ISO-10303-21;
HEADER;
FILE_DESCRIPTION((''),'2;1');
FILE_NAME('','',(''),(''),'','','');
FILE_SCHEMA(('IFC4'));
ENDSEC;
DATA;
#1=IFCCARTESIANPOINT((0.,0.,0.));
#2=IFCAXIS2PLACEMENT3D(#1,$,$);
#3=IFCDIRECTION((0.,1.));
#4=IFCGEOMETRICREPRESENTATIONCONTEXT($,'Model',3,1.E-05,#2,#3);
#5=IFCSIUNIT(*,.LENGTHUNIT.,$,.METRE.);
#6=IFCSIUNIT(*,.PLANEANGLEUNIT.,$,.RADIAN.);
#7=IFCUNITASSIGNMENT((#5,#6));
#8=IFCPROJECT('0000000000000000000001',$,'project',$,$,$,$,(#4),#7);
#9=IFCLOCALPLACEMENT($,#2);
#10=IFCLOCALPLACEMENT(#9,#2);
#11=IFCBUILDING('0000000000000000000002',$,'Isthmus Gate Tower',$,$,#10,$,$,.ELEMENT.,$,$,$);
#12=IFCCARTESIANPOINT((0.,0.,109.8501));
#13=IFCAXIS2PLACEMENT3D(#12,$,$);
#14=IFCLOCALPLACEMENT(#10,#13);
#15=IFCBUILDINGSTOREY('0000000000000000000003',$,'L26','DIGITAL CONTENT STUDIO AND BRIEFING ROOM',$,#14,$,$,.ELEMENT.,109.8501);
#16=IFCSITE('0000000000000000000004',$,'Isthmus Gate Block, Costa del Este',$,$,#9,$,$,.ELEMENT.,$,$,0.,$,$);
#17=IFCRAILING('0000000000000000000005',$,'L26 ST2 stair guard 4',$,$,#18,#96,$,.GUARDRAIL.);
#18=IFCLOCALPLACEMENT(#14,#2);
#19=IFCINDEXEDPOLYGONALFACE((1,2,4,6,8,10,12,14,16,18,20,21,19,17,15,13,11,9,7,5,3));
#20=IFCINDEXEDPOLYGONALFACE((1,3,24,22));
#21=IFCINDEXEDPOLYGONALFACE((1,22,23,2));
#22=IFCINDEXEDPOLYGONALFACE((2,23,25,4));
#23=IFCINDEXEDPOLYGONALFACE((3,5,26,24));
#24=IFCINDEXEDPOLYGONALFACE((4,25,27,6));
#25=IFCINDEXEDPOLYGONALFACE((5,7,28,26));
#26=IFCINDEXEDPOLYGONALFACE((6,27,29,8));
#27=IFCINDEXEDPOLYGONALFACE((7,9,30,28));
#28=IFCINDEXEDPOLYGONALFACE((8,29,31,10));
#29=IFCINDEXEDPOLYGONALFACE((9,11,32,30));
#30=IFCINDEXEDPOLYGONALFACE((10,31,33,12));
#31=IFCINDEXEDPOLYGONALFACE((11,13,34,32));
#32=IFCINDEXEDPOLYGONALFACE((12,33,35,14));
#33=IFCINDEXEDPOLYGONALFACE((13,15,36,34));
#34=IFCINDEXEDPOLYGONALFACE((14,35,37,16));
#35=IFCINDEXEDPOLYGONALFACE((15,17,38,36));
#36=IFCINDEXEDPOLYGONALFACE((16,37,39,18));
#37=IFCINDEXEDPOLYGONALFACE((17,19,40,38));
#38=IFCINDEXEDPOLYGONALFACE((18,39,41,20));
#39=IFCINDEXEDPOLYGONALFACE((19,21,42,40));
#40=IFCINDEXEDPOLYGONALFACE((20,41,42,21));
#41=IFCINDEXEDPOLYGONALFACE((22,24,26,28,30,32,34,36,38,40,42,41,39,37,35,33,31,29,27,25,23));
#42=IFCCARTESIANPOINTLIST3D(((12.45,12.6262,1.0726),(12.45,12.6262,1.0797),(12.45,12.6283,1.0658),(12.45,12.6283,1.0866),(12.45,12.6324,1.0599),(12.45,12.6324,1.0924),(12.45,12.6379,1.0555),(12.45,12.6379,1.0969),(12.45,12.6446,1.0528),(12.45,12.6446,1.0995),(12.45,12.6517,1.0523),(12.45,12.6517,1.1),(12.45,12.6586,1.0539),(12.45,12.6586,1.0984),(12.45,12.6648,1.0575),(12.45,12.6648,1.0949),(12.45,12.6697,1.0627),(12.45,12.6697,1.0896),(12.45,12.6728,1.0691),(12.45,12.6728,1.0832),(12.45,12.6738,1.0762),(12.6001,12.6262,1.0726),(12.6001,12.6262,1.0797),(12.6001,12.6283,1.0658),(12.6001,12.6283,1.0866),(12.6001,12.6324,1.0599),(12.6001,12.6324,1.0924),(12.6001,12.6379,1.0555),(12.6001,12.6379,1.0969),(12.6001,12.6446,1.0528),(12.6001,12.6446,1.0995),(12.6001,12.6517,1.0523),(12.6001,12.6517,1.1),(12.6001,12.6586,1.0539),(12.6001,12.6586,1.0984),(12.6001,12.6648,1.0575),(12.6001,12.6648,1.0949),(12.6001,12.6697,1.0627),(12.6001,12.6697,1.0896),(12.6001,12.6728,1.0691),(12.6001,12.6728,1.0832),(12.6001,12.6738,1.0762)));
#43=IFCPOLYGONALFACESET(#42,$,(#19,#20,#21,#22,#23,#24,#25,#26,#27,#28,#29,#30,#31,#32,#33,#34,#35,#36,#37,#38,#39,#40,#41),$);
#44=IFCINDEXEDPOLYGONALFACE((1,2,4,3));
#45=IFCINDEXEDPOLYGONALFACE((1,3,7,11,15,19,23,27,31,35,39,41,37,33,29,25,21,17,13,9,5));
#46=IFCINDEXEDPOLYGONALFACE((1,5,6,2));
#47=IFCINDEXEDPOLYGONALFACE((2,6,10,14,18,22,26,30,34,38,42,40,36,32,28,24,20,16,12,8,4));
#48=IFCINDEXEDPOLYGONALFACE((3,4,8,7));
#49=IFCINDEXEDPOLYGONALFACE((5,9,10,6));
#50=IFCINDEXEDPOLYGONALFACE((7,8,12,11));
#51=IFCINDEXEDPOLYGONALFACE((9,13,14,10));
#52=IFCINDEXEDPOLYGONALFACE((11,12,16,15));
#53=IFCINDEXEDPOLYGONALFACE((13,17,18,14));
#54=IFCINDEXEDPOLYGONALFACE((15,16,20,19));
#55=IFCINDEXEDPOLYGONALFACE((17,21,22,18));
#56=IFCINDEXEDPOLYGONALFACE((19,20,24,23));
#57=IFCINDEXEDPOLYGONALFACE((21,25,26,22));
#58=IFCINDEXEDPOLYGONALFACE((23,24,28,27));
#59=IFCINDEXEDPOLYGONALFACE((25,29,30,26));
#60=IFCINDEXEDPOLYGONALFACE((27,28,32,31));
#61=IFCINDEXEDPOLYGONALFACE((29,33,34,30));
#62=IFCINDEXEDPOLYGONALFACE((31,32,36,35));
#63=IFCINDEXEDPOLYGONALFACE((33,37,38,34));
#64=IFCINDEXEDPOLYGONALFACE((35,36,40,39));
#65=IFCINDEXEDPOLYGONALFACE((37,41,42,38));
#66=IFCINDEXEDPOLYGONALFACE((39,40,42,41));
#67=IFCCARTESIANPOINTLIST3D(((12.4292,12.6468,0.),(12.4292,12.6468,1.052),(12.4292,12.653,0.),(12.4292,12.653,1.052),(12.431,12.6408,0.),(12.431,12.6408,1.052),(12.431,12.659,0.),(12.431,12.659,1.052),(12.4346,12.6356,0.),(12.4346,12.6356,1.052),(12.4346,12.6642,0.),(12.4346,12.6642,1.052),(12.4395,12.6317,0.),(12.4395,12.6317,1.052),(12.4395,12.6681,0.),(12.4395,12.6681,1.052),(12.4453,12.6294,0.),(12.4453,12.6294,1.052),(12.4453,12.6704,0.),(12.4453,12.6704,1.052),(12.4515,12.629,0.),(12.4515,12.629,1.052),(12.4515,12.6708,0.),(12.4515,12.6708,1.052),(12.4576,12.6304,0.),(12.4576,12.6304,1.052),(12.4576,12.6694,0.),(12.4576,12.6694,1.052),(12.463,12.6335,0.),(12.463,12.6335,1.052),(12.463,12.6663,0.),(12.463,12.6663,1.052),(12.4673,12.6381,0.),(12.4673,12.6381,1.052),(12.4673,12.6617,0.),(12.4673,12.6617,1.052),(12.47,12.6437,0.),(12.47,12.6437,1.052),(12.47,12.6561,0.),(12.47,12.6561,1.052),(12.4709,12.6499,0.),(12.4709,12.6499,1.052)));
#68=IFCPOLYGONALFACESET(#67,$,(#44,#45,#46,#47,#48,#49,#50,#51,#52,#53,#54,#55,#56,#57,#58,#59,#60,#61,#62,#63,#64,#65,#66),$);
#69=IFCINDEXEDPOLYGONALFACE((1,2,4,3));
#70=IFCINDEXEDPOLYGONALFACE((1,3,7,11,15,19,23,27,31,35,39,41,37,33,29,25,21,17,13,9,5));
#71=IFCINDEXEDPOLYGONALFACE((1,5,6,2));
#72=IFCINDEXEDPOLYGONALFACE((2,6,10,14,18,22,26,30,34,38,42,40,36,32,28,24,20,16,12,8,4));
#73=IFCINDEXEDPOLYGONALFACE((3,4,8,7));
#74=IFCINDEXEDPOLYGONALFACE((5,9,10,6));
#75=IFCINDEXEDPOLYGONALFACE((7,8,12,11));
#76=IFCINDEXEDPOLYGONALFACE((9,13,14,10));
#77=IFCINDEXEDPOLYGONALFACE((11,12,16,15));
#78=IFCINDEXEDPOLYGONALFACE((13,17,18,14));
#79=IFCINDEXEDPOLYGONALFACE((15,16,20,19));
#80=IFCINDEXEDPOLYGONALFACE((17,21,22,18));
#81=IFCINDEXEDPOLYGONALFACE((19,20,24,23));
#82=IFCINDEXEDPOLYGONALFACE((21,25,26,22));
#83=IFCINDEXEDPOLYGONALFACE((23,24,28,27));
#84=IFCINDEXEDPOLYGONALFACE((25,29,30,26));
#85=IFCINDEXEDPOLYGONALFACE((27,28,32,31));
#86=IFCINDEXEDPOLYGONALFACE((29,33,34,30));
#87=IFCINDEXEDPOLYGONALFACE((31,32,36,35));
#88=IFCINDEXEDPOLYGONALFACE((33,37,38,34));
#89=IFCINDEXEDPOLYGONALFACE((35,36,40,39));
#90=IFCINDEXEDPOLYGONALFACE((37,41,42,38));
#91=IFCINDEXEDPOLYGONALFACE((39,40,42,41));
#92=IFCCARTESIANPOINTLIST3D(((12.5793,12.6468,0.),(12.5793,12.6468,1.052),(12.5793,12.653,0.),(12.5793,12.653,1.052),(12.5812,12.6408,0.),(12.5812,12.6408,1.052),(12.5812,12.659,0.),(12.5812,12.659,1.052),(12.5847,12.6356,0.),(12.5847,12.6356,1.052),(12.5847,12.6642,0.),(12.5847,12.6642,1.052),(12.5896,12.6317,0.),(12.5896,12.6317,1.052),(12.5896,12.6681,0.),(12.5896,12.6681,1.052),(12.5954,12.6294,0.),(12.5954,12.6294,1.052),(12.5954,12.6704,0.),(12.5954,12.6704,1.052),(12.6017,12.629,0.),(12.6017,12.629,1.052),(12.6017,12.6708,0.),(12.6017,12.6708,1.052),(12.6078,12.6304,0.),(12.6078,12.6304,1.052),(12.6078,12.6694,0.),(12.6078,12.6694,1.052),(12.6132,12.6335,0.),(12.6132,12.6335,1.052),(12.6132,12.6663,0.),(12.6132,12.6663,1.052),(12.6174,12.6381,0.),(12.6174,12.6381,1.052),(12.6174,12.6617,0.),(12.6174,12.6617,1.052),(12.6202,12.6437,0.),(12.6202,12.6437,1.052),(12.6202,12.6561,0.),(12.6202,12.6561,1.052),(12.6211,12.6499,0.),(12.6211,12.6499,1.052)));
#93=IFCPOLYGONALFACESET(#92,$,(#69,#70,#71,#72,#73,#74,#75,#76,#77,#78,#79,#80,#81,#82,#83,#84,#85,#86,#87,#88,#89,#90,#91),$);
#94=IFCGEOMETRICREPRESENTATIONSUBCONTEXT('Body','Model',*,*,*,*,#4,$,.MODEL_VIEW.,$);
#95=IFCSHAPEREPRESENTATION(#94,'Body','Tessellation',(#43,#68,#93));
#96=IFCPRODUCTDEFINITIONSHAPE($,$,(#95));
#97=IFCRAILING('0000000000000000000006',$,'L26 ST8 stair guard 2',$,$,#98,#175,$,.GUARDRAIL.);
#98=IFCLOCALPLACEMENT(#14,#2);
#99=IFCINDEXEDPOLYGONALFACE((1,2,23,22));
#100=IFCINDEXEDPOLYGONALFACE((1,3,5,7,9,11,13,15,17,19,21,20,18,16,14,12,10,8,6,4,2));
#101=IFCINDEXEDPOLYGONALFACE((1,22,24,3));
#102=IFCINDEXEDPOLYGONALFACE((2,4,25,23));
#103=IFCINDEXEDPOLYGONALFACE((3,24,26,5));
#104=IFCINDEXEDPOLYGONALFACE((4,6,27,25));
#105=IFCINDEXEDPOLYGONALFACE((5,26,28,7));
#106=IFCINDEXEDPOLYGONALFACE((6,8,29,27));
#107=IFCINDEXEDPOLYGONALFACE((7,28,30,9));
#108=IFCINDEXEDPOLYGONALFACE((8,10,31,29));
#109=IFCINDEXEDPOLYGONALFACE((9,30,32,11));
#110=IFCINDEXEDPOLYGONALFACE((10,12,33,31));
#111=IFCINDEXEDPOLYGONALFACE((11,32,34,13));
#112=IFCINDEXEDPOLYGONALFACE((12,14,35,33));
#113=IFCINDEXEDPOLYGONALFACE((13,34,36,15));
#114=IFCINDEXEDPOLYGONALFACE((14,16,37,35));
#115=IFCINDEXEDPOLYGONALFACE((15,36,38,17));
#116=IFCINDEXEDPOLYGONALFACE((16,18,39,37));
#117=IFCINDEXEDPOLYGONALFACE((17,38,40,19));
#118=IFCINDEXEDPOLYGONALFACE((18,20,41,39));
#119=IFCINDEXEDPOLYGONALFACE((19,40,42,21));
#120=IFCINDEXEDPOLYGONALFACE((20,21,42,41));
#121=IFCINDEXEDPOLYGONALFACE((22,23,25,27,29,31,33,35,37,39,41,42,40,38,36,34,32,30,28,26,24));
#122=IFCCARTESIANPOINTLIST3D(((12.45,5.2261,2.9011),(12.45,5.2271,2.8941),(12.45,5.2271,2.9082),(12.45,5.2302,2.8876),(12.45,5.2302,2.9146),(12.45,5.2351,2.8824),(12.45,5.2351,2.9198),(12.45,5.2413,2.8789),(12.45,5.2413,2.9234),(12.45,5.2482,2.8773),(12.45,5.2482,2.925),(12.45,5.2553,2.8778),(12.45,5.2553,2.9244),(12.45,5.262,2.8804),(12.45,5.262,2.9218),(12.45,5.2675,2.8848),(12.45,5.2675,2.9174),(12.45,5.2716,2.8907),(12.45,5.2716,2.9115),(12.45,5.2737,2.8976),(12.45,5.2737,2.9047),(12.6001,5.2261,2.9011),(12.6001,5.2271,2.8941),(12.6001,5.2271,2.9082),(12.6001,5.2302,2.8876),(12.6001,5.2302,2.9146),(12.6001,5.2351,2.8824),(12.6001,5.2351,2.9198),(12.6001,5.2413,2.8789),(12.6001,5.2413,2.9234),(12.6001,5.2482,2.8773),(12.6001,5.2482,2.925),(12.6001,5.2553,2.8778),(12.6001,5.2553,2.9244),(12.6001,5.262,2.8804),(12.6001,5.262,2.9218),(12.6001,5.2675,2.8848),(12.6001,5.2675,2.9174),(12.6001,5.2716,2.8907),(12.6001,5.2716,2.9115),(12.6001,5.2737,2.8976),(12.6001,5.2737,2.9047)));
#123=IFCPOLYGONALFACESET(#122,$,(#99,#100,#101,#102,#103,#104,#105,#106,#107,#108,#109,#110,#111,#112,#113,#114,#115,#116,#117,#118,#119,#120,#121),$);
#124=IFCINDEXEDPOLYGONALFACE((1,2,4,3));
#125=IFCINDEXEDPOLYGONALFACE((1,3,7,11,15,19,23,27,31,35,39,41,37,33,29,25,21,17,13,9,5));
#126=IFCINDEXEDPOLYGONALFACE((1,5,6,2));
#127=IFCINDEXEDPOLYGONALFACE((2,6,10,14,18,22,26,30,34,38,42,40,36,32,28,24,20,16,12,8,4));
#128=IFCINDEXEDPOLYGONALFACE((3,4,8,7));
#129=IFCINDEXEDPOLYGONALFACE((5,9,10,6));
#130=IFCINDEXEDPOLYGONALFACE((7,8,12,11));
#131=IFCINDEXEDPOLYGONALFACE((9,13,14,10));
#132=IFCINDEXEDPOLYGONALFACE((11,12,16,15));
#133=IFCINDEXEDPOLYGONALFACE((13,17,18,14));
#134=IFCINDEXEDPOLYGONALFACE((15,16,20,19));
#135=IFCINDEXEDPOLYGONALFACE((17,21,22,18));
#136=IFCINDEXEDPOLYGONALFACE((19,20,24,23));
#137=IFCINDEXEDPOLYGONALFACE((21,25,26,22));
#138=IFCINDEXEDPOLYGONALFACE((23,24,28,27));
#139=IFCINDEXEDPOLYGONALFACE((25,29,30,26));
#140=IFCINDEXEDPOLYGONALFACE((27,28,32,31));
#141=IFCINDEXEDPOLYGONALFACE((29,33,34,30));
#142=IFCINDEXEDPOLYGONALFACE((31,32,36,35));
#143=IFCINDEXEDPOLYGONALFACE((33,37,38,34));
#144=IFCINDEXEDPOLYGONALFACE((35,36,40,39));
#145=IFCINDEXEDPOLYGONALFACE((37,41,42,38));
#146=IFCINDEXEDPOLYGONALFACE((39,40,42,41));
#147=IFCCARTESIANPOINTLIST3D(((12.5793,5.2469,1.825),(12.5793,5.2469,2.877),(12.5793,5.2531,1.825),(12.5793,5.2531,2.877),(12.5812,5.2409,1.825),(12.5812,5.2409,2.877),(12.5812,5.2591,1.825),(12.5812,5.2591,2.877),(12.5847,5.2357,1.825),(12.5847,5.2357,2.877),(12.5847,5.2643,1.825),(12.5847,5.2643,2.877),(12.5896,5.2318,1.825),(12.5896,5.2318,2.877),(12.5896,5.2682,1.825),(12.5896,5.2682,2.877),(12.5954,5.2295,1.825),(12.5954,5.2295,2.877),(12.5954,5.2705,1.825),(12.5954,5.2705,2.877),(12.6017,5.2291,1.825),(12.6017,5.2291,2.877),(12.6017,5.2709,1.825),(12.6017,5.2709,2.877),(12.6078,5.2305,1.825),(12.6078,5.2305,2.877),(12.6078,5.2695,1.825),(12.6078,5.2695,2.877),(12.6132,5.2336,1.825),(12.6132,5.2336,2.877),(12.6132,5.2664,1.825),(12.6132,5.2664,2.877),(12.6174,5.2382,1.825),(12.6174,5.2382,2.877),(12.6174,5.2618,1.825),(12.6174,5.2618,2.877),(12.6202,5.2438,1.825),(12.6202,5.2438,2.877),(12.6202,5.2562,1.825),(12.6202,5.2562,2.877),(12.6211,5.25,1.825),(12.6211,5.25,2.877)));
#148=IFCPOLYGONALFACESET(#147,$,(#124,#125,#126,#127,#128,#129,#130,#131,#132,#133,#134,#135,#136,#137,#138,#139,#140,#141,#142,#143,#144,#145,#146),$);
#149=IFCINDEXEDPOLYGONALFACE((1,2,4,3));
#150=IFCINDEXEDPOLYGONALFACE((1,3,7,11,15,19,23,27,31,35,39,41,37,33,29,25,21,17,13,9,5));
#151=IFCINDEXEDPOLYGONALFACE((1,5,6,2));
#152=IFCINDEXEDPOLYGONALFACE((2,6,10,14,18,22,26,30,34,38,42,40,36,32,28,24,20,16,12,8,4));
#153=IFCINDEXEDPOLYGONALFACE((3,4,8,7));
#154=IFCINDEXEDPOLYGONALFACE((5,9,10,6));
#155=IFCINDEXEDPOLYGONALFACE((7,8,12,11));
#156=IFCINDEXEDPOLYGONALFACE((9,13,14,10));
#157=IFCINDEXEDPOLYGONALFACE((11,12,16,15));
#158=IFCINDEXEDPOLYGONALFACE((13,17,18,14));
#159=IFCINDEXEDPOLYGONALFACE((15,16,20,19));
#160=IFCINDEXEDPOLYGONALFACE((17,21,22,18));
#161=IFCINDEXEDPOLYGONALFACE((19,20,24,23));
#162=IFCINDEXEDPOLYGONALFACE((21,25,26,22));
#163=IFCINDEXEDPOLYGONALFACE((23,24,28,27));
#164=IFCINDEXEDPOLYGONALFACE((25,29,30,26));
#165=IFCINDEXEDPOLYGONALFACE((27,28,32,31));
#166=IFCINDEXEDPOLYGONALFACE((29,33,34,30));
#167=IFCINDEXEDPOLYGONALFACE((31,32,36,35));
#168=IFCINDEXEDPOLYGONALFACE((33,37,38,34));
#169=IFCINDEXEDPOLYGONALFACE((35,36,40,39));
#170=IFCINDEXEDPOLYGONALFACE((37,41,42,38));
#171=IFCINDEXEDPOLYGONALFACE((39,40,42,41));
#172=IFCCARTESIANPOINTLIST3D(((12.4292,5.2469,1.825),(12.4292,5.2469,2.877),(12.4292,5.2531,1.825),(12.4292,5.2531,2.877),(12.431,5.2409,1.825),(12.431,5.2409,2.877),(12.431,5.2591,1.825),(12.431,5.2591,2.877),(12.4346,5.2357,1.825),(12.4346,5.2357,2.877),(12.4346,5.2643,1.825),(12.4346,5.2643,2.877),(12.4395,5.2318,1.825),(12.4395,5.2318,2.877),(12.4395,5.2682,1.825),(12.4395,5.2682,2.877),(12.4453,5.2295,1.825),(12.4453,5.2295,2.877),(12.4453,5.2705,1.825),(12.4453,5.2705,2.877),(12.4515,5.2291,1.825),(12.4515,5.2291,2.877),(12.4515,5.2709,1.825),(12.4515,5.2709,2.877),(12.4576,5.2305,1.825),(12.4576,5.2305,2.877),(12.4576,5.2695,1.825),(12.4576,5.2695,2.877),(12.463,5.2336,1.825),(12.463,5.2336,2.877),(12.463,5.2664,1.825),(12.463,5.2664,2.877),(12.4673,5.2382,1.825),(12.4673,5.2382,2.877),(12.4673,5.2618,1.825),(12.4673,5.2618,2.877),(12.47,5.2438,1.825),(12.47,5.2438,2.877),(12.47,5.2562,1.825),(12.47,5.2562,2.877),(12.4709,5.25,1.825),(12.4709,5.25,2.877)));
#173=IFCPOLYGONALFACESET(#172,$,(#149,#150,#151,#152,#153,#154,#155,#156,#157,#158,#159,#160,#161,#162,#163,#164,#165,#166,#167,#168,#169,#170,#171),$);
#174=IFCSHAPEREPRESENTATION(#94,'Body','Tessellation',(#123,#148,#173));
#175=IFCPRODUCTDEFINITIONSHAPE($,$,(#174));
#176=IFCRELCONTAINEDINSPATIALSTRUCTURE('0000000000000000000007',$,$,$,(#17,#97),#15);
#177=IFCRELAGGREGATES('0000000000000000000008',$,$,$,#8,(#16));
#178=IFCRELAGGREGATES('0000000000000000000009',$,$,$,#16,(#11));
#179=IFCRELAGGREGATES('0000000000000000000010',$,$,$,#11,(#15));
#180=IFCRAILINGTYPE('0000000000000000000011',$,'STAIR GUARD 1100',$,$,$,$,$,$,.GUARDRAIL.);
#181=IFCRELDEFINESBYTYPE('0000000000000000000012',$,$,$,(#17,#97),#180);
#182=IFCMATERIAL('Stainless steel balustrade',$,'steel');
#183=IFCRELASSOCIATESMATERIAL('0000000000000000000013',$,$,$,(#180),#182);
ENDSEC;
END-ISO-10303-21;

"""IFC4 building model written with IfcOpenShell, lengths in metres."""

from ifc_helpers import new_model, si_unit, direction, frame, origin, origin_2d, place, context, subcontext, project, spatial, circle, extrude, material, type_object, element, save


model = new_model("IFC4")

# Units and contexts
model_context = context("Model", 3, precision=1e-05, world=origin(), true_north=direction((0.0, 1.0)))
body_context = subcontext(model_context, "Body", "Model", "MODEL_VIEW")
ifc_project = project(units=[si_unit("LENGTHUNIT", "METRE"), si_unit("PLANEANGLEUNIT", "RADIAN")], contexts=[model_context])

# Site, building, storey
site_placement = place(None, origin())
site = spatial("IfcSite", under=ifc_project, at=site_placement, Name="Isthmus Gate Block, Costa del Este", CompositionType="ELEMENT", RefElevation=0.0)
building_placement = place(site_placement, origin())
building = spatial("IfcBuilding", under=site, at=building_placement, Name="Isthmus Gate Tower", CompositionType="ELEMENT")
storey_placement = place(building_placement, frame((0.0, 0.0, 109.8501)))
storey = spatial("IfcBuildingStorey", under=building, at=storey_placement, Name="L26", Description="DIGITAL CONTENT STUDIO AND BRIEFING ROOM", CompositionType="ELEMENT", Elevation=109.8501)

# Railings
ifc_material_1 = material(Name="Stainless steel balustrade", Category="steel")
railing_type_1 = type_object("IfcRailingType", Name="STAIR GUARD 1100", PredefinedType="GUARDRAIL", material=ifc_material_1)
railing_1_placement = place(storey_placement, frame((12.45, 12.6499, 0.0)))
element("IfcRailing", 1, at=railing_1_placement, inside=storey, type_object=railing_type_1, Name="L26 ST2 stair guard 4", PredefinedType="GUARDRAIL", context=body_context, shape_type="SweptSolid", body=[
    extrude(circle(Radius=0.0239, at=origin_2d()), frame((0.0, 0.0, 1.0762), z_axis=(1.0, 0.0, 0.0), x_axis=(0.0, 1.0, 0.0)), (0.0, 0.0, 1.0), 0.1501),
    extrude(circle(Radius=0.021, at=origin_2d()), origin(), (0.0, 0.0, 1.0), 1.052),
    extrude(circle(Radius=0.021, at=origin_2d()), frame((0.1501, 0.0, 0.0)), (0.0, 0.0, 1.0), 1.052),
])
railing_2_placement = place(storey_placement, frame((12.6001, 5.25, 1.825)))
element("IfcRailing", 2, at=railing_2_placement, inside=storey, type_object=railing_type_1, Name="L26 ST8 stair guard 2", PredefinedType="GUARDRAIL", context=body_context, shape_type="SweptSolid", body=[
    extrude(circle(Radius=0.0239, at=origin_2d()), frame((0.0, 0.0, 1.0762), z_axis=(-1.0, 0.0, 0.0), x_axis=(0.0, -1.0, 0.0)), (0.0, 0.0, 1.0), 0.1501),
    extrude(circle(Radius=0.021, at=origin_2d()), origin(), (0.0, 0.0, 1.0), 1.052),
    extrude(circle(Radius=0.021, at=origin_2d()), frame((-0.1501, 0.0, 0.0)), (0.0, 0.0, 1.0), 1.052),
])

save(model, "model.ifc")
